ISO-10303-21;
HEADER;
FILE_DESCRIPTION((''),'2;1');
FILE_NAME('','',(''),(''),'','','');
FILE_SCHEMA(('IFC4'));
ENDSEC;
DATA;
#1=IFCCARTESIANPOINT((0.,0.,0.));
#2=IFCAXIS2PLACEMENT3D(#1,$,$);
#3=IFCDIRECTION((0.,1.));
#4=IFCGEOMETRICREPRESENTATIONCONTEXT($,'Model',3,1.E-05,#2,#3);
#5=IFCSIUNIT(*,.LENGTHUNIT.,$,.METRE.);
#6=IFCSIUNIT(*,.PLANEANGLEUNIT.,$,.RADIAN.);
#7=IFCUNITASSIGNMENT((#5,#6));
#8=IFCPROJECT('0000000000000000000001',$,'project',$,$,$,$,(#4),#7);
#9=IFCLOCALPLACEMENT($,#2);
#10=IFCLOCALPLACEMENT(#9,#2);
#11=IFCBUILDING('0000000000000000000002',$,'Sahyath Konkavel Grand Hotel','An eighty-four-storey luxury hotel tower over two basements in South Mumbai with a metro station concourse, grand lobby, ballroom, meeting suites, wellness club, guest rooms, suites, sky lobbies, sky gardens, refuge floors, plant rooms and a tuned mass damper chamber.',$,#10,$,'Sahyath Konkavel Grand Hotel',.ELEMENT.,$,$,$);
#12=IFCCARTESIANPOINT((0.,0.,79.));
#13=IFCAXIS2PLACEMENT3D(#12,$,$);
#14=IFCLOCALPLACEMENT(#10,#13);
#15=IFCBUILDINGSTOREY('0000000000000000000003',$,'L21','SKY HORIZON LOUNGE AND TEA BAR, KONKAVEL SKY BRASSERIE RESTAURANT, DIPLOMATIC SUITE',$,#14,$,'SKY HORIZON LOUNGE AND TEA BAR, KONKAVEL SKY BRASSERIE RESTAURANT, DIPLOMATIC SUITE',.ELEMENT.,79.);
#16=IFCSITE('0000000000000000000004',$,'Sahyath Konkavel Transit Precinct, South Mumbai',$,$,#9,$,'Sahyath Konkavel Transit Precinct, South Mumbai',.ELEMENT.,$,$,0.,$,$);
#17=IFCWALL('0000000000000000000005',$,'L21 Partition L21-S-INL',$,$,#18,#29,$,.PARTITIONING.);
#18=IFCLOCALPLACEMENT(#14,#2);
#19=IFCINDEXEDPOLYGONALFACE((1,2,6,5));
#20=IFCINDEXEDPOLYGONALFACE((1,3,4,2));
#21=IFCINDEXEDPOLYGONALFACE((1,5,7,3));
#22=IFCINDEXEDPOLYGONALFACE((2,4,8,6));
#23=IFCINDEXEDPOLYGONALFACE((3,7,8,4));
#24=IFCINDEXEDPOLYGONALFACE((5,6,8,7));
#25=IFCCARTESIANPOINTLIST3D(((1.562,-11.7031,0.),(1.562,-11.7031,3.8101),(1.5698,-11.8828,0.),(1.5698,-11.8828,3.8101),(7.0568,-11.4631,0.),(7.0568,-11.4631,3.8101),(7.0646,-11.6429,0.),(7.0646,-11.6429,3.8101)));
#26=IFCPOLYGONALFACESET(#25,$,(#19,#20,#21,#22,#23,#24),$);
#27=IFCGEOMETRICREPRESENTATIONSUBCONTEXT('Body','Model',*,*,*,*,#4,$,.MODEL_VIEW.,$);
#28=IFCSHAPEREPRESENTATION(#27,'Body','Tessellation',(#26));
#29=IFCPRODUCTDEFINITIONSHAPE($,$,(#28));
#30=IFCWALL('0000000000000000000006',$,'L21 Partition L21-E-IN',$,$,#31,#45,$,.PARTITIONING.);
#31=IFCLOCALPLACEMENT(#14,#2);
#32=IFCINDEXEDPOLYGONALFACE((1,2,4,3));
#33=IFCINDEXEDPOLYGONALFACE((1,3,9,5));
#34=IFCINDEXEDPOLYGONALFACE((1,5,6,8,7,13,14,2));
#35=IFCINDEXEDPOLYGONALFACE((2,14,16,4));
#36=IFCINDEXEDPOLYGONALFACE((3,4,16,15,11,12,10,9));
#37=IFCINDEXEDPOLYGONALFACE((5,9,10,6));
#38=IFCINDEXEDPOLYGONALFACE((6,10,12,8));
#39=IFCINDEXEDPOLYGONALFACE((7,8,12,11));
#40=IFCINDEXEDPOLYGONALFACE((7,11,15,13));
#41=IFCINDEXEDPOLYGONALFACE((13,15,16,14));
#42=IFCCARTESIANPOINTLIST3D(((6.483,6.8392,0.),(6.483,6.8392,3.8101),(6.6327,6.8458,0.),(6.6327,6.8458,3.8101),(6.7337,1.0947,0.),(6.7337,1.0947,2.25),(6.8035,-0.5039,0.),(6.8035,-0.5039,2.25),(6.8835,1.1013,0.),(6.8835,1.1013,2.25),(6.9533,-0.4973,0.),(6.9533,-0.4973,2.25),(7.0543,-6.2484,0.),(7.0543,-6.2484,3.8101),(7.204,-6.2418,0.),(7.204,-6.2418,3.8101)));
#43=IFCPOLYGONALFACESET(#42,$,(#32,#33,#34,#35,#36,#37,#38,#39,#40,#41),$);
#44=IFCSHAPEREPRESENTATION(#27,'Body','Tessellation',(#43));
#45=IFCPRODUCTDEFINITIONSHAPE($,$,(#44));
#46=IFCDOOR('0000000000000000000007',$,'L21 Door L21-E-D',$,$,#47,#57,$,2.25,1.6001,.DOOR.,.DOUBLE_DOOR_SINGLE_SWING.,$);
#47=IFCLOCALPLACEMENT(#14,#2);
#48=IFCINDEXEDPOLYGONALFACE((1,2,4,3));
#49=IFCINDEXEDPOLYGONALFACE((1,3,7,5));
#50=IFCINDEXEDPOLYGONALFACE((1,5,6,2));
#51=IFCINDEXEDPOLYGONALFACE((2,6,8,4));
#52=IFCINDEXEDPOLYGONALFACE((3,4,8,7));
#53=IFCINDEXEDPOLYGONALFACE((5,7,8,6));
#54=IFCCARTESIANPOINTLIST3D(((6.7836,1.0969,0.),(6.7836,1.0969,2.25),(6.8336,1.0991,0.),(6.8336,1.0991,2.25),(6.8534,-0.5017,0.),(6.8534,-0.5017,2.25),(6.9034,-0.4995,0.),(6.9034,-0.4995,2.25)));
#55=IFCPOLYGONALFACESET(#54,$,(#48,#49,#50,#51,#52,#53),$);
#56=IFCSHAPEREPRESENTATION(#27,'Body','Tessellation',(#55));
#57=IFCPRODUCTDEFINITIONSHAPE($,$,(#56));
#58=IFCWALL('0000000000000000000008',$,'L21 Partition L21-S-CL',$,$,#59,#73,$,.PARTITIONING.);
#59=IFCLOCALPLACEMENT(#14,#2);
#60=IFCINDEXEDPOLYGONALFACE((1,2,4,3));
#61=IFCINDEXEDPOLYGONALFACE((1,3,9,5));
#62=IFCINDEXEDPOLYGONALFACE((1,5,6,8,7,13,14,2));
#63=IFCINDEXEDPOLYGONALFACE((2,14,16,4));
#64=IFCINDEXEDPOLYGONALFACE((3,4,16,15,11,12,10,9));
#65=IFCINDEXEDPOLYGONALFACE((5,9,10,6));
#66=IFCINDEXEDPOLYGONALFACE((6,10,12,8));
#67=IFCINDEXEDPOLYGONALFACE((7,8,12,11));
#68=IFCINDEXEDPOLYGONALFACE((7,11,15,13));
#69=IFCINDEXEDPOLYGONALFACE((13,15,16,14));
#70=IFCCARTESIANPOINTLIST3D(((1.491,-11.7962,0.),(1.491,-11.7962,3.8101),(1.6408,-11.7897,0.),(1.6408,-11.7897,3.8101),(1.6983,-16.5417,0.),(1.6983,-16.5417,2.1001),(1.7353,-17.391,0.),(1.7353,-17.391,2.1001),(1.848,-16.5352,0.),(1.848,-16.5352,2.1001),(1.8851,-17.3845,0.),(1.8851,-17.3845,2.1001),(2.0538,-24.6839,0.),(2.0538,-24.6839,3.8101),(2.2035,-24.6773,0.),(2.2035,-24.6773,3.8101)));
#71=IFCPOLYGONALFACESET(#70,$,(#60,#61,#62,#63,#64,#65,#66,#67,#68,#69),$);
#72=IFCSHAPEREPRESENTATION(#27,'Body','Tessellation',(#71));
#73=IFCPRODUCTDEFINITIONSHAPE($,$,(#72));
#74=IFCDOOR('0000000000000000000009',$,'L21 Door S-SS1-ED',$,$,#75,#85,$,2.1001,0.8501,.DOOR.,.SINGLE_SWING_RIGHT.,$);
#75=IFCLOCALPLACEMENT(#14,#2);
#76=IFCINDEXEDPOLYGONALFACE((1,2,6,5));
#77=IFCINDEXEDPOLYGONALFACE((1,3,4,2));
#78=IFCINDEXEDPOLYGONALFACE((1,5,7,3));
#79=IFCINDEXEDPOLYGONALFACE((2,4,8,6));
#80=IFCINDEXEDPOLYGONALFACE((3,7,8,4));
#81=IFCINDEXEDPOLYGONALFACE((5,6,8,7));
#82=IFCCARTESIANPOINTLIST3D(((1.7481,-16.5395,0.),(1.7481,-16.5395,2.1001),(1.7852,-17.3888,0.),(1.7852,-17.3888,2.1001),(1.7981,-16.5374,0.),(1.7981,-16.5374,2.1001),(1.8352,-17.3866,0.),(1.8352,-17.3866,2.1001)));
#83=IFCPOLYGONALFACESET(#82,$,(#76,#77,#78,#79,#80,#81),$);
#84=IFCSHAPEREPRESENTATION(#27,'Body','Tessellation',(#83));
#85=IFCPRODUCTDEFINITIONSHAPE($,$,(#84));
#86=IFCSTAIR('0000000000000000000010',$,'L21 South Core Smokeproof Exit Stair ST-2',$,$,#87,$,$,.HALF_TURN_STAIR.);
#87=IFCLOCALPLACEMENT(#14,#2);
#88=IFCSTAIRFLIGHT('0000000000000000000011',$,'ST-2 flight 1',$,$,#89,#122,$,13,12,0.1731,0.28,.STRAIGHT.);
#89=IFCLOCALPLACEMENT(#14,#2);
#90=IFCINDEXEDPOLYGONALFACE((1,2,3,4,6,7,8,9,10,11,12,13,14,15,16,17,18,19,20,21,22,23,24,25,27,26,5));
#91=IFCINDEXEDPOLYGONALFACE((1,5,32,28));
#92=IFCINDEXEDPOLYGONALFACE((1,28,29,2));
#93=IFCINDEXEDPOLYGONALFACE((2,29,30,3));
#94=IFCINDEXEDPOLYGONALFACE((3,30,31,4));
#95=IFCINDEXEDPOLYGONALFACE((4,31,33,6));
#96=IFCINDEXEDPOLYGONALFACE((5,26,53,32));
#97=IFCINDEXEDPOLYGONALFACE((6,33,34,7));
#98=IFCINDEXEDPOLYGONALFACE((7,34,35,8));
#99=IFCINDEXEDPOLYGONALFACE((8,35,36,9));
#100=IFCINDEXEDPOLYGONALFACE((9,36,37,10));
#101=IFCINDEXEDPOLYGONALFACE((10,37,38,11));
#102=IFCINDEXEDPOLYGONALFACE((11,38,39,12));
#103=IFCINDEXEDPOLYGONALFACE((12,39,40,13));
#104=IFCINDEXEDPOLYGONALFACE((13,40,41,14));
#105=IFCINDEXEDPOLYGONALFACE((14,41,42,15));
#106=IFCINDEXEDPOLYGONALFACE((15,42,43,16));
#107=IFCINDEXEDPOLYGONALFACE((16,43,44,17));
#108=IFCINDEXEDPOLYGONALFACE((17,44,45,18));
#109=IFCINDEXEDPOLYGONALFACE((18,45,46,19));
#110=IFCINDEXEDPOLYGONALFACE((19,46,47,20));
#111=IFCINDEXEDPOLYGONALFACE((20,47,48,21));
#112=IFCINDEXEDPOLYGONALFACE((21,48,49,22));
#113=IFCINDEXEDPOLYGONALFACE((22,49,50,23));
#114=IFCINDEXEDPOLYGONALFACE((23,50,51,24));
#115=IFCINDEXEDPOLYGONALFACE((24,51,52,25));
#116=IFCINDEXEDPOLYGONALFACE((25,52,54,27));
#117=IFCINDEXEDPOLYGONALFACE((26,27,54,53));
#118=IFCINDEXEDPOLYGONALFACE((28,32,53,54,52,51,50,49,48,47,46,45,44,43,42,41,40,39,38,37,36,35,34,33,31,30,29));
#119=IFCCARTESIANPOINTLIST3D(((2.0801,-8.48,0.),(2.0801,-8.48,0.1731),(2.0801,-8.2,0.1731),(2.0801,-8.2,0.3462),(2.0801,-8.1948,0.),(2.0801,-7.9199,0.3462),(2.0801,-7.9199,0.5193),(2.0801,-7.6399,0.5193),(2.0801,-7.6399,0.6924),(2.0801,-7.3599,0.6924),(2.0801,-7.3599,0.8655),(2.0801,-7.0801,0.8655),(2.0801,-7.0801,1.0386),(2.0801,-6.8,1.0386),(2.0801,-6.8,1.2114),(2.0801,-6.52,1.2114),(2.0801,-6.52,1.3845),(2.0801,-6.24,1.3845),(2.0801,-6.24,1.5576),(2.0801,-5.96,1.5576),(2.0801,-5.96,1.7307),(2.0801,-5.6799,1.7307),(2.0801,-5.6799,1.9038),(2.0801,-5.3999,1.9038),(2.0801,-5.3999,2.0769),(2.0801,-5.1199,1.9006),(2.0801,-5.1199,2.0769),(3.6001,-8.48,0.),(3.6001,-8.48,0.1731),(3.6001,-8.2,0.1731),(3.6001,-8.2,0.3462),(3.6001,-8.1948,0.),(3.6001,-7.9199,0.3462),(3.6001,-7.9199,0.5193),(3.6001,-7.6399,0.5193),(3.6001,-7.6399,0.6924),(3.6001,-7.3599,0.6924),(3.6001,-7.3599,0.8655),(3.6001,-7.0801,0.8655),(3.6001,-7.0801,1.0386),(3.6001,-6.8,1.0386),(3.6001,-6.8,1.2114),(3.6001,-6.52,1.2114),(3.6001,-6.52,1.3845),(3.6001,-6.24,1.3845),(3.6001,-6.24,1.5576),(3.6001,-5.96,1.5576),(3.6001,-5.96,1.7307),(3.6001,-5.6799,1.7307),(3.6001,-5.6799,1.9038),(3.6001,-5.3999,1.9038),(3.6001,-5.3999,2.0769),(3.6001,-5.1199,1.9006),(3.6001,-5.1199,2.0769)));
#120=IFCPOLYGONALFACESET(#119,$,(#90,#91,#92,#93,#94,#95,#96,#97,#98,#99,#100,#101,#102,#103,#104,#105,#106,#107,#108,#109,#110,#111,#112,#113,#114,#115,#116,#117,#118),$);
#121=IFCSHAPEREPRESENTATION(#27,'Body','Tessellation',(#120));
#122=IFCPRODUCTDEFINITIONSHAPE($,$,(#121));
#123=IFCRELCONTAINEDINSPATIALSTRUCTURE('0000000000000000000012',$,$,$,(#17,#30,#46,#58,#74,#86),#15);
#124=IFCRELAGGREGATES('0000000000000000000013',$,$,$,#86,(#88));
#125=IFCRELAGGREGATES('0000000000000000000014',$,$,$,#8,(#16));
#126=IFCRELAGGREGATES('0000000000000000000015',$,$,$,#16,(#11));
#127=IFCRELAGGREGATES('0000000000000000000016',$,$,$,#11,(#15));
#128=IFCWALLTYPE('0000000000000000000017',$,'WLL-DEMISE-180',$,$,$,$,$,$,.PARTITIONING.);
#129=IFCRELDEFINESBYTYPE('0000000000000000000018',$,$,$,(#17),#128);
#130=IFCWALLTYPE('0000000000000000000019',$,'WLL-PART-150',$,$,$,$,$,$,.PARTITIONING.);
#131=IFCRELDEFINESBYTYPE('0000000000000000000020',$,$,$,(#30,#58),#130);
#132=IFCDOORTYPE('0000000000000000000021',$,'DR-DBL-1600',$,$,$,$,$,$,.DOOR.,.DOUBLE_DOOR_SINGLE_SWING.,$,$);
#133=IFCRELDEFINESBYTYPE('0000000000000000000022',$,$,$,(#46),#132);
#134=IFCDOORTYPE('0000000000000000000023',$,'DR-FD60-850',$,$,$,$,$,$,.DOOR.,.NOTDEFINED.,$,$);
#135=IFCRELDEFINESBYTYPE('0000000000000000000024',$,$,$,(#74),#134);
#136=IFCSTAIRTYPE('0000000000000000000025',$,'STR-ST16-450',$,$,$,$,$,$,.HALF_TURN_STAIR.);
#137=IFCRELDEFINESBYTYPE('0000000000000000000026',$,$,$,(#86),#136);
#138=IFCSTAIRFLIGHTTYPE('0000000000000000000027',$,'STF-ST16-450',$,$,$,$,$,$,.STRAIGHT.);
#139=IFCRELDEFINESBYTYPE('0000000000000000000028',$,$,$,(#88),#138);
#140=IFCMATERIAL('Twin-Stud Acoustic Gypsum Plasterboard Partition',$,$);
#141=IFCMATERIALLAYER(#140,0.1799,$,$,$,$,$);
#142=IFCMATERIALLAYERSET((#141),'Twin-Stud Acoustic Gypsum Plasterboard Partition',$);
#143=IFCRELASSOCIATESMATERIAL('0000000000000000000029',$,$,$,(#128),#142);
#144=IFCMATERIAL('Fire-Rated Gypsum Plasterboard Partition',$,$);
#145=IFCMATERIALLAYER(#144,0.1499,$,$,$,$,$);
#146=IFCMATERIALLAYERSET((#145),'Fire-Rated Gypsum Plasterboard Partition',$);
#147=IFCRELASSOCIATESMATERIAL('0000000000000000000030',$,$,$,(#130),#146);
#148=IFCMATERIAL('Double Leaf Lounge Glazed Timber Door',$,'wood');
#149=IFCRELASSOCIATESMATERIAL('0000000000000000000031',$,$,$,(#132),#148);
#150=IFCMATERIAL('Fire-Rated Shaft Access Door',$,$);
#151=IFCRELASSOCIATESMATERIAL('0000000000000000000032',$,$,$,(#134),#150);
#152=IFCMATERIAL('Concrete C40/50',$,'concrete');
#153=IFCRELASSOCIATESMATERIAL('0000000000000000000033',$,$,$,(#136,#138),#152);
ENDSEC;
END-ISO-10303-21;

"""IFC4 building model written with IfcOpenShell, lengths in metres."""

from ifc_helpers import new_model, si_unit, direction, frame, frame_2d, origin, origin_2d, place, context, subcontext, project, spatial, polyline, rectangle, outline, extrude, source, transform, mapped, material, layer, layer_set, type_object, element, fill, aggregate, save


model = new_model("IFC4")

# Units and contexts
model_context = context("Model", 3, precision=1e-05, world=origin(), true_north=direction((0.0, 1.0)))
body_context = subcontext(model_context, "Body", "Model", "MODEL_VIEW")
ifc_project = project(units=[si_unit("LENGTHUNIT", "METRE"), si_unit("PLANEANGLEUNIT", "RADIAN")], contexts=[model_context])

# Site, building, storey
site_placement = place(None, origin())
site = spatial("IfcSite", under=ifc_project, at=site_placement, Name="Sahyath Konkavel Transit Precinct, South Mumbai", LongName="Sahyath Konkavel Transit Precinct, South Mumbai", CompositionType="ELEMENT", RefElevation=0.0)
building_placement = place(site_placement, origin())
building = spatial("IfcBuilding", under=site, at=building_placement, Name="Sahyath Konkavel Grand Hotel", Description="An eighty-four-storey luxury hotel tower over two basements in South Mumbai with a metro station concourse, grand lobby, ballroom, meeting suites, wellness club, guest rooms, suites, sky lobbies, sky gardens, refuge floors, plant rooms and a tuned mass damper chamber.", LongName="Sahyath Konkavel Grand Hotel", CompositionType="ELEMENT")
storey_placement = place(building_placement, frame((0.0, 0.0, 79.0)))
storey = spatial("IfcBuildingStorey", under=building, at=storey_placement, Name="L21", Description="SKY HORIZON LOUNGE AND TEA BAR, KONKAVEL SKY BRASSERIE RESTAURANT, DIPLOMATIC SUITE", LongName="SKY HORIZON LOUNGE AND TEA BAR, KONKAVEL SKY BRASSERIE RESTAURANT, DIPLOMATIC SUITE", CompositionType="ELEMENT", Elevation=79.0)

# Shared definitions
ifc_material_1 = material(Name="Concrete C40/50", Category="concrete")

# Wall
ifc_material_2 = material(Name="Twin-Stud Acoustic Gypsum Plasterboard Partition")
ifc_layer_1 = layer(ifc_material_2, 0.1799)
ifc_layer_set_1 = layer_set([ifc_layer_1], Name="Twin-Stud Acoustic Gypsum Plasterboard Partition")
wall_type_1 = type_object("IfcWallType", Name="WLL-DEMISE-180", PredefinedType="PARTITIONING", material=ifc_layer_set_1)
wall_1_placement = place(storey_placement, frame((1.5659, -11.793, 0.0), z_axis=(0.0, 0.0, 1.0), x_axis=(0.999048, 0.043634, 0.0)))
element("IfcWall", 1, at=wall_1_placement, inside=storey, type_object=wall_type_1, Name="L21 Partition L21-S-INL", PredefinedType="PARTITIONING", context=body_context, shape_type="SweptSolid", body=[
    extrude(rectangle(XDim=5.5, YDim=0.1799, at=frame_2d((2.75, 0.0))), origin(), (0.0, 0.0, 1.0), 3.8101),
])

# Walls, openings, doors
ifc_material_3 = material(Name="Fire-Rated Gypsum Plasterboard Partition")
ifc_layer_2 = layer(ifc_material_3, 0.1499)
ifc_layer_set_2 = layer_set([ifc_layer_2], Name="Fire-Rated Gypsum Plasterboard Partition")
wall_type_2 = type_object("IfcWallType", Name="WLL-PART-150", PredefinedType="PARTITIONING", material=ifc_layer_set_2)
wall_2_placement = place(storey_placement, frame((7.1292, -6.2451, 0.0), z_axis=(0.0, 0.0, 1.0), x_axis=(-0.043609, 0.999049, 0.0)))
wall_2 = element("IfcWall", 2, at=wall_2_placement, inside=storey, type_object=wall_type_2, Name="L21 Partition L21-E-IN", PredefinedType="PARTITIONING", context=body_context, shape_type="SweptSolid", body=[
    extrude(rectangle(XDim=13.1001, YDim=0.1499, at=frame_2d((6.55, 0.0))), origin(), (0.0, 0.0, 1.0), 3.8101),
])
opening_1_placement = place(wall_2_placement, frame((5.75, 0.0, 0.0)))
opening_1 = element("IfcOpeningElement", 3, at=opening_1_placement, cuts=wall_2, PredefinedType="OPENING", context=body_context, shape_type="SweptSolid", body=[
    extrude(rectangle(XDim=1.6001, YDim=2.25, at=frame_2d((0.8, 1.125))), frame((0.0, 0.085, 0.0), z_axis=(0.0, -1.0, 0.0), x_axis=(1.0, 0.0, 0.0)), (0.0, 0.0, 1.0), 0.1699),
])
ifc_material_4 = material(Name="Double Leaf Lounge Glazed Timber Door", Category="wood")
door_type_1 = type_object("IfcDoorType", Name="DR-DBL-1600", OperationType="DOUBLE_DOOR_SINGLE_SWING", PredefinedType="DOOR", material=ifc_material_4)
shared_shape_1 = source(origin(), body_context, "Body", "SweptSolid", [
    extrude(rectangle(XDim=1.6001, YDim=0.05, at=origin_2d()), origin(), (0.0, 0.0, 1.0), 2.25),
])
door_1_placement = place(opening_1_placement, frame((0.8, 0.0, 0.0)))
door_1 = element("IfcDoor", 4, at=door_1_placement, inside=storey, type_object=door_type_1, Name="L21 Door L21-E-D", OperationType="DOUBLE_DOOR_SINGLE_SWING", OverallHeight=2.25, OverallWidth=1.6001, PredefinedType="DOOR", context=body_context, shape_type="MappedRepresentation", body=[
    mapped(shared_shape_1, transform((0.0, 0.0, 0.0), scale=1.0)),
])
fill(opening_1, door_1)
wall_3_placement = place(storey_placement, frame((1.5659, -11.793, 0.0), z_axis=(0.0, 0.0, 1.0), x_axis=(0.043624, -0.999048, 0.0)))
wall_3 = element("IfcWall", 5, at=wall_3_placement, inside=storey, type_object=wall_type_2, Name="L21 Partition L21-S-CL", PredefinedType="PARTITIONING", context=body_context, shape_type="SweptSolid", body=[
    extrude(rectangle(XDim=12.8999, YDim=0.1499, at=frame_2d((6.45, 0.0))), origin(), (0.0, 0.0, 1.0), 3.8101),
])
opening_2_placement = place(wall_3_placement, frame((4.75, 0.0, 0.0)))
opening_2 = element("IfcOpeningElement", 6, at=opening_2_placement, cuts=wall_3, PredefinedType="OPENING", context=body_context, shape_type="SweptSolid", body=[
    extrude(rectangle(XDim=0.8501, YDim=2.1001, at=frame_2d((0.425, 1.05))), frame((0.0, 0.085, 0.0), z_axis=(0.0, -1.0, 0.0), x_axis=(1.0, 0.0, 0.0)), (0.0, 0.0, 1.0), 0.1699),
])
ifc_material_5 = material(Name="Fire-Rated Shaft Access Door")
door_type_2 = type_object("IfcDoorType", Name="DR-FD60-850", OperationType="NOTDEFINED", PredefinedType="DOOR", material=ifc_material_5)
shared_shape_2 = source(origin(), body_context, "Body", "SweptSolid", [
    extrude(rectangle(XDim=0.8501, YDim=0.05, at=origin_2d()), origin(), (0.0, 0.0, 1.0), 2.1001),
])
door_2_placement = place(opening_2_placement, frame((0.425, 0.0, 0.0)))
door_2 = element("IfcDoor", 7, at=door_2_placement, inside=storey, type_object=door_type_2, Name="L21 Door S-SS1-ED", OperationType="SINGLE_SWING_RIGHT", OverallHeight=2.1001, OverallWidth=0.8501, PredefinedType="DOOR", context=body_context, shape_type="MappedRepresentation", body=[
    mapped(shared_shape_2, transform((0.0, 0.0, 0.0), scale=1.0)),
])
fill(opening_2, door_2)

# Stair, stair flight
stair_type = type_object("IfcStairType", Name="STR-ST16-450", PredefinedType="HALF_TURN_STAIR", material=ifc_material_1)
stair_placement = place(storey_placement, origin())
stair = element("IfcStair", 8, at=stair_placement, inside=storey, type_object=stair_type, Name="L21 South Core Smokeproof Exit Stair ST-2", PredefinedType="HALF_TURN_STAIR")
stair_flight_type = type_object("IfcStairFlightType", Name="STF-ST16-450", PredefinedType="STRAIGHT", material=ifc_material_1)
stair_flight_placement = place(storey_placement, frame((2.8401, -8.48, 0.0), z_axis=(0.0, 0.0, 1.0), x_axis=(0.0, 1.0, 0.0)))
stair_flight = element("IfcStairFlight", 9, at=stair_flight_placement, type_object=stair_flight_type, Name="ST-2 flight 1", NumberOfRisers=13, NumberOfTreads=12, PredefinedType="STRAIGHT", RiserHeight=0.1731, TreadLength=0.28, context=body_context, shape_type="SweptSolid", body=[
    extrude(outline(polyline([(0.0, 0.0), (0.0, 0.1731), (0.28, 0.1731), (0.28, 0.3462), (0.5601, 0.3462), (0.5601, 0.5193), (0.8401, 0.5193), (0.8401, 0.6924), (1.1201, 0.6924), (1.1201, 0.8655), (1.3999, 0.8655), (1.3999, 1.0386), (1.6799, 1.0386), (1.6799, 1.2114), (1.96, 1.2114), (1.96, 1.3845), (2.24, 1.3845), (2.24, 1.5576), (2.52, 1.5576), (2.52, 1.7307), (2.8, 1.7307), (2.8, 1.9038), (3.0801, 1.9038), (3.0801, 2.0769), (3.3601, 2.0769), (3.3601, 2.25), (3.3601, 1.9006), (0.2852, 0.0), (0.0, 0.0)])), frame((0.0, 0.76, 0.0), z_axis=(0.0, -1.0, 0.0), x_axis=(1.0, 0.0, 0.0)), (0.0, 0.0, 1.0), 1.52),
])
aggregate(stair, [stair_flight])

save(model, "model.ifc")
